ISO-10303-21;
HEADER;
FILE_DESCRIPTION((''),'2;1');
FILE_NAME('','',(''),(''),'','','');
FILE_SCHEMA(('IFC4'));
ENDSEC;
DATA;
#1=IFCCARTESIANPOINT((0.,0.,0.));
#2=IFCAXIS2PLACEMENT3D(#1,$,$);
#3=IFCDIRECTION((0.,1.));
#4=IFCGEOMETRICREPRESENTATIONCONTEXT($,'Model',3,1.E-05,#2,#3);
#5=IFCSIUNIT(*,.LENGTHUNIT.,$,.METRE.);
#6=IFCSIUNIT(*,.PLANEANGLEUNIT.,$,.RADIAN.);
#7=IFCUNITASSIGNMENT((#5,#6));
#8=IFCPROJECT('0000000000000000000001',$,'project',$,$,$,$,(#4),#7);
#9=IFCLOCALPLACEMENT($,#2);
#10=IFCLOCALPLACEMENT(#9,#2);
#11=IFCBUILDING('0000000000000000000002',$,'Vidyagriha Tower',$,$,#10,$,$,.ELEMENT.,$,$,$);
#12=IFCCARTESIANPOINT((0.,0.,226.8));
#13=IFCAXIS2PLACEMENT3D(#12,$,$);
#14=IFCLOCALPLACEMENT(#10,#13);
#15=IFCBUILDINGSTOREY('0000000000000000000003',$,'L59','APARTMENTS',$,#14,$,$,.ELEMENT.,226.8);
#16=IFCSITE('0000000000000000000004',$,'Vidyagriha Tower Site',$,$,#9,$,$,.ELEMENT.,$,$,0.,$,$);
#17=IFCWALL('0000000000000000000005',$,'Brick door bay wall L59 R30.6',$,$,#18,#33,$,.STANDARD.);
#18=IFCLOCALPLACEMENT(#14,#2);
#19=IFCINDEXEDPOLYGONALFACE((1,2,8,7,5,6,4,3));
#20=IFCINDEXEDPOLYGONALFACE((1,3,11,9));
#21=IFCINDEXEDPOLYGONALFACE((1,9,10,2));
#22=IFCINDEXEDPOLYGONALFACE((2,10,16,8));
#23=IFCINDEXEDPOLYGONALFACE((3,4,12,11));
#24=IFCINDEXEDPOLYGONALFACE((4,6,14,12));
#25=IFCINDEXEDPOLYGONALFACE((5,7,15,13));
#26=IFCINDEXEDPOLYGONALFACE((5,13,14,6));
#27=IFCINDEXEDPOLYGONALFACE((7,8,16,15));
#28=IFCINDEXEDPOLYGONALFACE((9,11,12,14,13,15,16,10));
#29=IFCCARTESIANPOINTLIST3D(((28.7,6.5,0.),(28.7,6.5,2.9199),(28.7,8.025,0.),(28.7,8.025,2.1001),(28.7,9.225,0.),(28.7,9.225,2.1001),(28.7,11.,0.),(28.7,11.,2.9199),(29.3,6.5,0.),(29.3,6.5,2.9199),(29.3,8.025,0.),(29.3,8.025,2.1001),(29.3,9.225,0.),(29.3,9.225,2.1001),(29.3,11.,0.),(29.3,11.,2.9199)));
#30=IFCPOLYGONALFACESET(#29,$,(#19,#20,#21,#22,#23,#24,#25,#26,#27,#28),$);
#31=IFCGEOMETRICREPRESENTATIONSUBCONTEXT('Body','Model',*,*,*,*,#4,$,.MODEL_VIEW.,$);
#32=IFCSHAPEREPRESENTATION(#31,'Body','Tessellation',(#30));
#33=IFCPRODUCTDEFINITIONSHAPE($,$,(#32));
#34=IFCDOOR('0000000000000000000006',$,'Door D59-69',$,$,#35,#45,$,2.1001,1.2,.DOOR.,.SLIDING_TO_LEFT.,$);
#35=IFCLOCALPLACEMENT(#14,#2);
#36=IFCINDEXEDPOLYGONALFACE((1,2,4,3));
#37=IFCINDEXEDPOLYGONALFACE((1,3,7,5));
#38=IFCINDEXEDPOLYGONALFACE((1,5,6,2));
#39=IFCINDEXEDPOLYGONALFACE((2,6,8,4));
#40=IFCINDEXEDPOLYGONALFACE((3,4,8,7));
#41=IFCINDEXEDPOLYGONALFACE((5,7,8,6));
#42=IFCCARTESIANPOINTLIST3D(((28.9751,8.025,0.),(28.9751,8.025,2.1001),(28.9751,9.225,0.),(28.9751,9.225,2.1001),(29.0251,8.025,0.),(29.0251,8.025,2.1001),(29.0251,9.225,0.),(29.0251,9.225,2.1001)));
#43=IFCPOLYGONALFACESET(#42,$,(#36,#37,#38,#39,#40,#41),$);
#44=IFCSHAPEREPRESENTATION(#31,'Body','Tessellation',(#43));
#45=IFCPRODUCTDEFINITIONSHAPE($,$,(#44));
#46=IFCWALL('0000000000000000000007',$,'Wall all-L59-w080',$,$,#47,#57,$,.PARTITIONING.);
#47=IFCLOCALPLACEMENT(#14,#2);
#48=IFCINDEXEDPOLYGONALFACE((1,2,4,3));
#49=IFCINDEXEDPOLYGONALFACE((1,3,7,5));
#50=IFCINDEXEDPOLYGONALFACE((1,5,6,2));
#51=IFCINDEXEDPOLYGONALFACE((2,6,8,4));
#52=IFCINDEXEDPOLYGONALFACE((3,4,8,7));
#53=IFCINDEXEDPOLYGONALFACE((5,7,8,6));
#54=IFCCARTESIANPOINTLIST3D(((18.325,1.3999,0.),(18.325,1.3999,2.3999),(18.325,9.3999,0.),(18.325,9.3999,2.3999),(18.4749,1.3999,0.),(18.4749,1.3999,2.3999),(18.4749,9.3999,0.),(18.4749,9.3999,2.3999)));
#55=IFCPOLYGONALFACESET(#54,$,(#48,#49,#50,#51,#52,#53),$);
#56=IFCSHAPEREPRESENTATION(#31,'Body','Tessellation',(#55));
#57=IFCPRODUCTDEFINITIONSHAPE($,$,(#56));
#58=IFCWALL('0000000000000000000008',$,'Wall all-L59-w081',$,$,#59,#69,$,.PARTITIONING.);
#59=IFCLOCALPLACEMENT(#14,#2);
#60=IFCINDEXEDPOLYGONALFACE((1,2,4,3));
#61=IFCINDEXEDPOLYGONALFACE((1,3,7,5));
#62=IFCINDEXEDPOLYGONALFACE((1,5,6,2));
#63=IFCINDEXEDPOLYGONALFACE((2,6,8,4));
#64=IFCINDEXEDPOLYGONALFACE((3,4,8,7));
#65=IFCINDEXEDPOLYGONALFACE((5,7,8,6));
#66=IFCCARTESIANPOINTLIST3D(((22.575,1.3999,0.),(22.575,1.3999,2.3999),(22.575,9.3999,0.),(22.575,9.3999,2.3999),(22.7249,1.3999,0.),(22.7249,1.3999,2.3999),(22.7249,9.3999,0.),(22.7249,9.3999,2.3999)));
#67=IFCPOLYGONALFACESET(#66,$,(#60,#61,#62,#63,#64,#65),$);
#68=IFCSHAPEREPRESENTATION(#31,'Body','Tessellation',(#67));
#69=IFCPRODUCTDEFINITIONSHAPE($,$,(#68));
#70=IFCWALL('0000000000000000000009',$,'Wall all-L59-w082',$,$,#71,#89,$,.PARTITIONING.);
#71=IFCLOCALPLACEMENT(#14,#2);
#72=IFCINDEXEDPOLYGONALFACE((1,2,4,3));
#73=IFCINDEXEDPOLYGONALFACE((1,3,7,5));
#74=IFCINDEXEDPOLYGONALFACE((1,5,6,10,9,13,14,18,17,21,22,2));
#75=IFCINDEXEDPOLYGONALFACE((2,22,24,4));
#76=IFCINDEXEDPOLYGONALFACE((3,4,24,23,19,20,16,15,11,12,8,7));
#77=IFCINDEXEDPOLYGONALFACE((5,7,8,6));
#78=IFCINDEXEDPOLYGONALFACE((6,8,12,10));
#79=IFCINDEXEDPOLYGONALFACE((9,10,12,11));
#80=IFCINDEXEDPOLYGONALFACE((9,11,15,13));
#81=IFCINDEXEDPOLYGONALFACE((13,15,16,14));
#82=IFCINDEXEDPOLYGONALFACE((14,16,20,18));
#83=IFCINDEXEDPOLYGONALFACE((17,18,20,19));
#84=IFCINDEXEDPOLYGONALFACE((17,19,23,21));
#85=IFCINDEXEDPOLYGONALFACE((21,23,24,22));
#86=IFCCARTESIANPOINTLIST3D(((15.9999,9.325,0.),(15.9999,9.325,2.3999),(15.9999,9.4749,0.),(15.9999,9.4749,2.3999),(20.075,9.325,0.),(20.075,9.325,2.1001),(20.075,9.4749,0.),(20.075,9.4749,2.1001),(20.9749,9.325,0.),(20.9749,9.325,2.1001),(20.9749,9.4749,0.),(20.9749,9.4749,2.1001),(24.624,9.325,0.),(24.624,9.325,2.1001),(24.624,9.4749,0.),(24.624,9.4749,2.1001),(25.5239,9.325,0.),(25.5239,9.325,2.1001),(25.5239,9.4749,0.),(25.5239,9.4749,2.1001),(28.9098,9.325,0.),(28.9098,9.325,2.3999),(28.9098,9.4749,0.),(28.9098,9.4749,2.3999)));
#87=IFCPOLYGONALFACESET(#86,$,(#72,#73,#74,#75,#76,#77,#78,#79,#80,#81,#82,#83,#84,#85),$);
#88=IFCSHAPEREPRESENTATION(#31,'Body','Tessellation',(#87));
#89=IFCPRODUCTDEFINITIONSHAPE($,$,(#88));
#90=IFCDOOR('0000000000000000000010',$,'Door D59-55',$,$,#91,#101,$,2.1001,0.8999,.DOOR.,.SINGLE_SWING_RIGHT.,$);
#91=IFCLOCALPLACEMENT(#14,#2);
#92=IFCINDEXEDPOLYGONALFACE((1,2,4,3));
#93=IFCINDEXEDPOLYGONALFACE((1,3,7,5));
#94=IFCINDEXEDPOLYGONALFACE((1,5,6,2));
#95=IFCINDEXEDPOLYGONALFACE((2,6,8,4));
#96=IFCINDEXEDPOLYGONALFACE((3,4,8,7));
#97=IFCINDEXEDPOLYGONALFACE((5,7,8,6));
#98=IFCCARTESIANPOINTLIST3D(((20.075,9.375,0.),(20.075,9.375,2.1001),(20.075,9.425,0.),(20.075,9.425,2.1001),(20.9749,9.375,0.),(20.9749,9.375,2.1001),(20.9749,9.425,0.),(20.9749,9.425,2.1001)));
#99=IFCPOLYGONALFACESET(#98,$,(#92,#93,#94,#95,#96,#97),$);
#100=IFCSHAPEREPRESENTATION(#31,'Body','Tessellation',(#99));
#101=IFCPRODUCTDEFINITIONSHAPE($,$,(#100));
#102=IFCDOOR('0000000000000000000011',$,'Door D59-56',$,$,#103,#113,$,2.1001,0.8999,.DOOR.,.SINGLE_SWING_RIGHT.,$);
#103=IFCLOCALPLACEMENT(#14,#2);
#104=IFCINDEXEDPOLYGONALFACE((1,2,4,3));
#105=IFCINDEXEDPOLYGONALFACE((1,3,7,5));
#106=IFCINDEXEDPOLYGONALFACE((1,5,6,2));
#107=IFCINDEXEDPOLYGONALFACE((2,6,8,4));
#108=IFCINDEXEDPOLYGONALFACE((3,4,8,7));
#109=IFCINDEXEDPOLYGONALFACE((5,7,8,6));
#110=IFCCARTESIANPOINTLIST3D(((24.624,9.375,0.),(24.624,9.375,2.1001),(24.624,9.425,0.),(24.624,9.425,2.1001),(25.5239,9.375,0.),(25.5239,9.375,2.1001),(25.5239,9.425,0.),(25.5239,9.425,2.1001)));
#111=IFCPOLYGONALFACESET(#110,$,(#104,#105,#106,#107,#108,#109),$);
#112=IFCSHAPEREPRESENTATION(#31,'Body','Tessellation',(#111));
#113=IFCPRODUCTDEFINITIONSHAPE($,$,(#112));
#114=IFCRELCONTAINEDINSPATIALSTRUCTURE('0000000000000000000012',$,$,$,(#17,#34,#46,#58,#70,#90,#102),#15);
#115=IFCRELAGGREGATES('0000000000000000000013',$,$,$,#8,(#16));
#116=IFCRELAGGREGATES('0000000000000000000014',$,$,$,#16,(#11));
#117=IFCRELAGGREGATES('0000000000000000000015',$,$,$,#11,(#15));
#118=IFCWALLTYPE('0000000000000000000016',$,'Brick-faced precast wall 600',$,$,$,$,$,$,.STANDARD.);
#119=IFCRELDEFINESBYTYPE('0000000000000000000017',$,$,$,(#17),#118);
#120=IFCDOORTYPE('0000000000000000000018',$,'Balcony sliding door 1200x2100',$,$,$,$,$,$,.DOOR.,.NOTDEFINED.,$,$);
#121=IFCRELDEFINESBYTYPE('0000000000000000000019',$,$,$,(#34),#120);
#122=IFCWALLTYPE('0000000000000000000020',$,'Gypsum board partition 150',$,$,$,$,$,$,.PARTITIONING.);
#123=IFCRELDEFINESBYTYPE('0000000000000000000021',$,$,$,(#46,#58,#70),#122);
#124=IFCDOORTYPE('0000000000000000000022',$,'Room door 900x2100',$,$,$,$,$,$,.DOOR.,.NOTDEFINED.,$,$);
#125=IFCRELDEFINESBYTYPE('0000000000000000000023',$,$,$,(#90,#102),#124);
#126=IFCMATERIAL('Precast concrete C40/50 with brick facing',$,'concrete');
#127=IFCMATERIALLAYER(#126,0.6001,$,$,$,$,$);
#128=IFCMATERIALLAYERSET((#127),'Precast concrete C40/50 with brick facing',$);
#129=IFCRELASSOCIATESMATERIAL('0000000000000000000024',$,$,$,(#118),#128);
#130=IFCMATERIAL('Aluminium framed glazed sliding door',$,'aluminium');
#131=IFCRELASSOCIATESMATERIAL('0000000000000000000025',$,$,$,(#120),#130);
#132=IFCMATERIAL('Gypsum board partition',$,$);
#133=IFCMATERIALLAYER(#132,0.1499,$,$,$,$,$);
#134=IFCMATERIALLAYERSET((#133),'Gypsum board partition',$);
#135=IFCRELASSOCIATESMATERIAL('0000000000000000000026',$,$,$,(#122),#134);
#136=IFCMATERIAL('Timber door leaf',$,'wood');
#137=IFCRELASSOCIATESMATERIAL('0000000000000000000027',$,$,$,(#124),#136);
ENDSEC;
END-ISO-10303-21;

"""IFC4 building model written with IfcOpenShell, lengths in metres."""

from ifc_helpers import new_model, si_unit, direction, frame, frame_2d, origin, place, context, subcontext, project, spatial, rectangle, extrude, material, layer, layer_set, type_object, element, fill, save


model = new_model("IFC4")

# Units and contexts
model_context = context("Model", 3, precision=1e-05, world=origin(), true_north=direction((0.0, 1.0)))
body_context = subcontext(model_context, "Body", "Model", "MODEL_VIEW")
ifc_project = project(units=[si_unit("LENGTHUNIT", "METRE"), si_unit("PLANEANGLEUNIT", "RADIAN")], contexts=[model_context])

# Site, building, storey
site_placement = place(None, origin())
site = spatial("IfcSite", under=ifc_project, at=site_placement, Name="Vidyagriha Tower Site", CompositionType="ELEMENT", RefElevation=0.0)
building_placement = place(site_placement, origin())
building = spatial("IfcBuilding", under=site, at=building_placement, Name="Vidyagriha Tower", CompositionType="ELEMENT")
storey_placement = place(building_placement, frame((0.0, 0.0, 226.8)))
storey = spatial("IfcBuildingStorey", under=building, at=storey_placement, Name="L59", Description="APARTMENTS", CompositionType="ELEMENT", Elevation=226.8)

# Wall, opening, door
ifc_material_1 = material(Name="Precast concrete C40/50 with brick facing", Category="concrete")
ifc_layer_1 = layer(ifc_material_1, 0.6001)
ifc_layer_set_1 = layer_set([ifc_layer_1], Name="Precast concrete C40/50 with brick facing")
wall_type_1 = type_object("IfcWallType", Name="Brick-faced precast wall 600", PredefinedType="STANDARD", material=ifc_layer_set_1)
wall_1_placement = place(storey_placement, frame((29.0, 6.5, 0.0), z_axis=(0.0, 0.0, 1.0), x_axis=(0.0, 1.0, 0.0)))
wall_1 = element("IfcWall", 1, at=wall_1_placement, inside=storey, type_object=wall_type_1, Name="Brick door bay wall L59 R30.6", PredefinedType="STANDARD", context=body_context, shape_type="SweptSolid", body=[
    extrude(rectangle(XDim=4.5, YDim=0.6001, at=frame_2d((2.25, 0.0))), origin(), (0.0, 0.0, 1.0), 2.9199),
])
opening_1_placement = place(wall_1_placement, frame((1.5249, 0.0, 0.0)))
opening_1 = element("IfcOpeningElement", 2, at=opening_1_placement, cuts=wall_1, PredefinedType="OPENING", context=body_context, shape_type="SweptSolid", body=[
    extrude(rectangle(XDim=1.2, YDim=2.1001, at=frame_2d((0.6001, 1.05))), frame((0.0, 0.3101, 0.0), z_axis=(0.0, -1.0, 0.0), x_axis=(1.0, 0.0, 0.0)), (0.0, 0.0, 1.0), 0.6201),
])
ifc_material_2 = material(Name="Aluminium framed glazed sliding door", Category="aluminium")
door_type_1 = type_object("IfcDoorType", Name="Balcony sliding door 1200x2100", OperationType="NOTDEFINED", PredefinedType="DOOR", material=ifc_material_2)
door_1_placement = place(opening_1_placement, origin())
door_1 = element("IfcDoor", 3, at=door_1_placement, inside=storey, type_object=door_type_1, Name="Door D59-69", OperationType="SLIDING_TO_LEFT", OverallHeight=2.1001, OverallWidth=1.2, PredefinedType="DOOR", context=body_context, shape_type="SweptSolid", body=[
    extrude(rectangle(XDim=1.2, YDim=2.1001, at=frame_2d((0.6001, 1.05))), frame((0.0, 0.0249, 0.0), z_axis=(0.0, -1.0, 0.0), x_axis=(1.0, 0.0, 0.0)), (0.0, 0.0, 1.0), 0.05),
])
fill(opening_1, door_1)

# Walls
ifc_material_3 = material(Name="Gypsum board partition")
ifc_layer_2 = layer(ifc_material_3, 0.1499)
ifc_layer_set_2 = layer_set([ifc_layer_2], Name="Gypsum board partition")
wall_type_2 = type_object("IfcWallType", Name="Gypsum board partition 150", PredefinedType="PARTITIONING", material=ifc_layer_set_2)
for number, where, z_axis, x_axis, name in (
    (4, (18.3999, 9.3999, 0.0), (0.0, 0.0, 1.0), (0.0, -1.0, 0.0), "Wall all-L59-w080"),
    (5, (22.6499, 9.3999, 0.0), (0.0, 0.0, 1.0), (0.0, -1.0, 0.0), "Wall all-L59-w081"),
):
    element("IfcWall", number, at=place(storey_placement, frame(where, z_axis=z_axis, x_axis=x_axis)), inside=storey, type_object=wall_type_2, Name=name, PredefinedType="PARTITIONING", context=body_context, shape_type="SweptSolid", body=[
        extrude(rectangle(XDim=8.0, YDim=0.1499, at=frame_2d((4.0, 0.0))), origin(), (0.0, 0.0, 1.0), 2.3999),
    ])

# Wall, openings, doors
wall_2_placement = place(storey_placement, frame((28.9099, 9.3999, 0.0), z_axis=(0.0, 0.0, 1.0), x_axis=(-1.0, 0.0, 0.0)))
wall_2 = element("IfcWall", 6, at=wall_2_placement, inside=storey, type_object=wall_type_2, Name="Wall all-L59-w082", PredefinedType="PARTITIONING", context=body_context, shape_type="SweptSolid", body=[
    extrude(rectangle(XDim=12.9099, YDim=0.1499, at=frame_2d((6.4551, 0.0))), origin(), (0.0, 0.0, 1.0), 2.3999),
])
opening_2_placement = place(wall_2_placement, frame((7.9351, 0.0, 0.0)))
opening_2 = element("IfcOpeningElement", 7, at=opening_2_placement, cuts=wall_2, PredefinedType="OPENING", context=body_context, shape_type="SweptSolid", body=[
    extrude(rectangle(XDim=0.8999, YDim=2.1001, at=frame_2d((0.45, 1.05))), frame((0.0, 0.085, 0.0), z_axis=(0.0, -1.0, 0.0), x_axis=(1.0, 0.0, 0.0)), (0.0, 0.0, 1.0), 0.1699),
])
opening_3_placement = place(wall_2_placement, frame((3.386, 0.0, 0.0)))
opening_3 = element("IfcOpeningElement", 8, at=opening_3_placement, cuts=wall_2, PredefinedType="OPENING", context=body_context, shape_type="SweptSolid", body=[
    extrude(rectangle(XDim=0.8999, YDim=2.1001, at=frame_2d((0.45, 1.05))), frame((0.0, 0.085, 0.0), z_axis=(0.0, -1.0, 0.0), x_axis=(1.0, 0.0, 0.0)), (0.0, 0.0, 1.0), 0.1699),
])
ifc_material_4 = material(Name="Timber door leaf", Category="wood")
door_type_2 = type_object("IfcDoorType", Name="Room door 900x2100", OperationType="NOTDEFINED", PredefinedType="DOOR", material=ifc_material_4)
door_2_placement = place(opening_2_placement, origin())
door_2 = element("IfcDoor", 9, at=door_2_placement, inside=storey, type_object=door_type_2, Name="Door D59-55", OperationType="SINGLE_SWING_RIGHT", OverallHeight=2.1001, OverallWidth=0.8999, PredefinedType="DOOR", context=body_context, shape_type="SweptSolid", body=[
    extrude(rectangle(XDim=0.8999, YDim=2.1001, at=frame_2d((0.45, 1.05))), frame((0.0, 0.0249, 0.0), z_axis=(0.0, -1.0, 0.0), x_axis=(1.0, 0.0, 0.0)), (0.0, 0.0, 1.0), 0.05),
])
fill(opening_2, door_2)
door_3_placement = place(opening_3_placement, origin())
door_3 = element("IfcDoor", 10, at=door_3_placement, inside=storey, type_object=door_type_2, Name="Door D59-56", OperationType="SINGLE_SWING_RIGHT", OverallHeight=2.1001, OverallWidth=0.8999, PredefinedType="DOOR", context=body_context, shape_type="SweptSolid", body=[
    extrude(rectangle(XDim=0.8999, YDim=2.1001, at=frame_2d((0.45, 1.05))), frame((0.0, 0.0249, 0.0), z_axis=(0.0, -1.0, 0.0), x_axis=(1.0, 0.0, 0.0)), (0.0, 0.0, 1.0), 0.05),
])
fill(opening_3, door_3)

save(model, "model.ifc")
